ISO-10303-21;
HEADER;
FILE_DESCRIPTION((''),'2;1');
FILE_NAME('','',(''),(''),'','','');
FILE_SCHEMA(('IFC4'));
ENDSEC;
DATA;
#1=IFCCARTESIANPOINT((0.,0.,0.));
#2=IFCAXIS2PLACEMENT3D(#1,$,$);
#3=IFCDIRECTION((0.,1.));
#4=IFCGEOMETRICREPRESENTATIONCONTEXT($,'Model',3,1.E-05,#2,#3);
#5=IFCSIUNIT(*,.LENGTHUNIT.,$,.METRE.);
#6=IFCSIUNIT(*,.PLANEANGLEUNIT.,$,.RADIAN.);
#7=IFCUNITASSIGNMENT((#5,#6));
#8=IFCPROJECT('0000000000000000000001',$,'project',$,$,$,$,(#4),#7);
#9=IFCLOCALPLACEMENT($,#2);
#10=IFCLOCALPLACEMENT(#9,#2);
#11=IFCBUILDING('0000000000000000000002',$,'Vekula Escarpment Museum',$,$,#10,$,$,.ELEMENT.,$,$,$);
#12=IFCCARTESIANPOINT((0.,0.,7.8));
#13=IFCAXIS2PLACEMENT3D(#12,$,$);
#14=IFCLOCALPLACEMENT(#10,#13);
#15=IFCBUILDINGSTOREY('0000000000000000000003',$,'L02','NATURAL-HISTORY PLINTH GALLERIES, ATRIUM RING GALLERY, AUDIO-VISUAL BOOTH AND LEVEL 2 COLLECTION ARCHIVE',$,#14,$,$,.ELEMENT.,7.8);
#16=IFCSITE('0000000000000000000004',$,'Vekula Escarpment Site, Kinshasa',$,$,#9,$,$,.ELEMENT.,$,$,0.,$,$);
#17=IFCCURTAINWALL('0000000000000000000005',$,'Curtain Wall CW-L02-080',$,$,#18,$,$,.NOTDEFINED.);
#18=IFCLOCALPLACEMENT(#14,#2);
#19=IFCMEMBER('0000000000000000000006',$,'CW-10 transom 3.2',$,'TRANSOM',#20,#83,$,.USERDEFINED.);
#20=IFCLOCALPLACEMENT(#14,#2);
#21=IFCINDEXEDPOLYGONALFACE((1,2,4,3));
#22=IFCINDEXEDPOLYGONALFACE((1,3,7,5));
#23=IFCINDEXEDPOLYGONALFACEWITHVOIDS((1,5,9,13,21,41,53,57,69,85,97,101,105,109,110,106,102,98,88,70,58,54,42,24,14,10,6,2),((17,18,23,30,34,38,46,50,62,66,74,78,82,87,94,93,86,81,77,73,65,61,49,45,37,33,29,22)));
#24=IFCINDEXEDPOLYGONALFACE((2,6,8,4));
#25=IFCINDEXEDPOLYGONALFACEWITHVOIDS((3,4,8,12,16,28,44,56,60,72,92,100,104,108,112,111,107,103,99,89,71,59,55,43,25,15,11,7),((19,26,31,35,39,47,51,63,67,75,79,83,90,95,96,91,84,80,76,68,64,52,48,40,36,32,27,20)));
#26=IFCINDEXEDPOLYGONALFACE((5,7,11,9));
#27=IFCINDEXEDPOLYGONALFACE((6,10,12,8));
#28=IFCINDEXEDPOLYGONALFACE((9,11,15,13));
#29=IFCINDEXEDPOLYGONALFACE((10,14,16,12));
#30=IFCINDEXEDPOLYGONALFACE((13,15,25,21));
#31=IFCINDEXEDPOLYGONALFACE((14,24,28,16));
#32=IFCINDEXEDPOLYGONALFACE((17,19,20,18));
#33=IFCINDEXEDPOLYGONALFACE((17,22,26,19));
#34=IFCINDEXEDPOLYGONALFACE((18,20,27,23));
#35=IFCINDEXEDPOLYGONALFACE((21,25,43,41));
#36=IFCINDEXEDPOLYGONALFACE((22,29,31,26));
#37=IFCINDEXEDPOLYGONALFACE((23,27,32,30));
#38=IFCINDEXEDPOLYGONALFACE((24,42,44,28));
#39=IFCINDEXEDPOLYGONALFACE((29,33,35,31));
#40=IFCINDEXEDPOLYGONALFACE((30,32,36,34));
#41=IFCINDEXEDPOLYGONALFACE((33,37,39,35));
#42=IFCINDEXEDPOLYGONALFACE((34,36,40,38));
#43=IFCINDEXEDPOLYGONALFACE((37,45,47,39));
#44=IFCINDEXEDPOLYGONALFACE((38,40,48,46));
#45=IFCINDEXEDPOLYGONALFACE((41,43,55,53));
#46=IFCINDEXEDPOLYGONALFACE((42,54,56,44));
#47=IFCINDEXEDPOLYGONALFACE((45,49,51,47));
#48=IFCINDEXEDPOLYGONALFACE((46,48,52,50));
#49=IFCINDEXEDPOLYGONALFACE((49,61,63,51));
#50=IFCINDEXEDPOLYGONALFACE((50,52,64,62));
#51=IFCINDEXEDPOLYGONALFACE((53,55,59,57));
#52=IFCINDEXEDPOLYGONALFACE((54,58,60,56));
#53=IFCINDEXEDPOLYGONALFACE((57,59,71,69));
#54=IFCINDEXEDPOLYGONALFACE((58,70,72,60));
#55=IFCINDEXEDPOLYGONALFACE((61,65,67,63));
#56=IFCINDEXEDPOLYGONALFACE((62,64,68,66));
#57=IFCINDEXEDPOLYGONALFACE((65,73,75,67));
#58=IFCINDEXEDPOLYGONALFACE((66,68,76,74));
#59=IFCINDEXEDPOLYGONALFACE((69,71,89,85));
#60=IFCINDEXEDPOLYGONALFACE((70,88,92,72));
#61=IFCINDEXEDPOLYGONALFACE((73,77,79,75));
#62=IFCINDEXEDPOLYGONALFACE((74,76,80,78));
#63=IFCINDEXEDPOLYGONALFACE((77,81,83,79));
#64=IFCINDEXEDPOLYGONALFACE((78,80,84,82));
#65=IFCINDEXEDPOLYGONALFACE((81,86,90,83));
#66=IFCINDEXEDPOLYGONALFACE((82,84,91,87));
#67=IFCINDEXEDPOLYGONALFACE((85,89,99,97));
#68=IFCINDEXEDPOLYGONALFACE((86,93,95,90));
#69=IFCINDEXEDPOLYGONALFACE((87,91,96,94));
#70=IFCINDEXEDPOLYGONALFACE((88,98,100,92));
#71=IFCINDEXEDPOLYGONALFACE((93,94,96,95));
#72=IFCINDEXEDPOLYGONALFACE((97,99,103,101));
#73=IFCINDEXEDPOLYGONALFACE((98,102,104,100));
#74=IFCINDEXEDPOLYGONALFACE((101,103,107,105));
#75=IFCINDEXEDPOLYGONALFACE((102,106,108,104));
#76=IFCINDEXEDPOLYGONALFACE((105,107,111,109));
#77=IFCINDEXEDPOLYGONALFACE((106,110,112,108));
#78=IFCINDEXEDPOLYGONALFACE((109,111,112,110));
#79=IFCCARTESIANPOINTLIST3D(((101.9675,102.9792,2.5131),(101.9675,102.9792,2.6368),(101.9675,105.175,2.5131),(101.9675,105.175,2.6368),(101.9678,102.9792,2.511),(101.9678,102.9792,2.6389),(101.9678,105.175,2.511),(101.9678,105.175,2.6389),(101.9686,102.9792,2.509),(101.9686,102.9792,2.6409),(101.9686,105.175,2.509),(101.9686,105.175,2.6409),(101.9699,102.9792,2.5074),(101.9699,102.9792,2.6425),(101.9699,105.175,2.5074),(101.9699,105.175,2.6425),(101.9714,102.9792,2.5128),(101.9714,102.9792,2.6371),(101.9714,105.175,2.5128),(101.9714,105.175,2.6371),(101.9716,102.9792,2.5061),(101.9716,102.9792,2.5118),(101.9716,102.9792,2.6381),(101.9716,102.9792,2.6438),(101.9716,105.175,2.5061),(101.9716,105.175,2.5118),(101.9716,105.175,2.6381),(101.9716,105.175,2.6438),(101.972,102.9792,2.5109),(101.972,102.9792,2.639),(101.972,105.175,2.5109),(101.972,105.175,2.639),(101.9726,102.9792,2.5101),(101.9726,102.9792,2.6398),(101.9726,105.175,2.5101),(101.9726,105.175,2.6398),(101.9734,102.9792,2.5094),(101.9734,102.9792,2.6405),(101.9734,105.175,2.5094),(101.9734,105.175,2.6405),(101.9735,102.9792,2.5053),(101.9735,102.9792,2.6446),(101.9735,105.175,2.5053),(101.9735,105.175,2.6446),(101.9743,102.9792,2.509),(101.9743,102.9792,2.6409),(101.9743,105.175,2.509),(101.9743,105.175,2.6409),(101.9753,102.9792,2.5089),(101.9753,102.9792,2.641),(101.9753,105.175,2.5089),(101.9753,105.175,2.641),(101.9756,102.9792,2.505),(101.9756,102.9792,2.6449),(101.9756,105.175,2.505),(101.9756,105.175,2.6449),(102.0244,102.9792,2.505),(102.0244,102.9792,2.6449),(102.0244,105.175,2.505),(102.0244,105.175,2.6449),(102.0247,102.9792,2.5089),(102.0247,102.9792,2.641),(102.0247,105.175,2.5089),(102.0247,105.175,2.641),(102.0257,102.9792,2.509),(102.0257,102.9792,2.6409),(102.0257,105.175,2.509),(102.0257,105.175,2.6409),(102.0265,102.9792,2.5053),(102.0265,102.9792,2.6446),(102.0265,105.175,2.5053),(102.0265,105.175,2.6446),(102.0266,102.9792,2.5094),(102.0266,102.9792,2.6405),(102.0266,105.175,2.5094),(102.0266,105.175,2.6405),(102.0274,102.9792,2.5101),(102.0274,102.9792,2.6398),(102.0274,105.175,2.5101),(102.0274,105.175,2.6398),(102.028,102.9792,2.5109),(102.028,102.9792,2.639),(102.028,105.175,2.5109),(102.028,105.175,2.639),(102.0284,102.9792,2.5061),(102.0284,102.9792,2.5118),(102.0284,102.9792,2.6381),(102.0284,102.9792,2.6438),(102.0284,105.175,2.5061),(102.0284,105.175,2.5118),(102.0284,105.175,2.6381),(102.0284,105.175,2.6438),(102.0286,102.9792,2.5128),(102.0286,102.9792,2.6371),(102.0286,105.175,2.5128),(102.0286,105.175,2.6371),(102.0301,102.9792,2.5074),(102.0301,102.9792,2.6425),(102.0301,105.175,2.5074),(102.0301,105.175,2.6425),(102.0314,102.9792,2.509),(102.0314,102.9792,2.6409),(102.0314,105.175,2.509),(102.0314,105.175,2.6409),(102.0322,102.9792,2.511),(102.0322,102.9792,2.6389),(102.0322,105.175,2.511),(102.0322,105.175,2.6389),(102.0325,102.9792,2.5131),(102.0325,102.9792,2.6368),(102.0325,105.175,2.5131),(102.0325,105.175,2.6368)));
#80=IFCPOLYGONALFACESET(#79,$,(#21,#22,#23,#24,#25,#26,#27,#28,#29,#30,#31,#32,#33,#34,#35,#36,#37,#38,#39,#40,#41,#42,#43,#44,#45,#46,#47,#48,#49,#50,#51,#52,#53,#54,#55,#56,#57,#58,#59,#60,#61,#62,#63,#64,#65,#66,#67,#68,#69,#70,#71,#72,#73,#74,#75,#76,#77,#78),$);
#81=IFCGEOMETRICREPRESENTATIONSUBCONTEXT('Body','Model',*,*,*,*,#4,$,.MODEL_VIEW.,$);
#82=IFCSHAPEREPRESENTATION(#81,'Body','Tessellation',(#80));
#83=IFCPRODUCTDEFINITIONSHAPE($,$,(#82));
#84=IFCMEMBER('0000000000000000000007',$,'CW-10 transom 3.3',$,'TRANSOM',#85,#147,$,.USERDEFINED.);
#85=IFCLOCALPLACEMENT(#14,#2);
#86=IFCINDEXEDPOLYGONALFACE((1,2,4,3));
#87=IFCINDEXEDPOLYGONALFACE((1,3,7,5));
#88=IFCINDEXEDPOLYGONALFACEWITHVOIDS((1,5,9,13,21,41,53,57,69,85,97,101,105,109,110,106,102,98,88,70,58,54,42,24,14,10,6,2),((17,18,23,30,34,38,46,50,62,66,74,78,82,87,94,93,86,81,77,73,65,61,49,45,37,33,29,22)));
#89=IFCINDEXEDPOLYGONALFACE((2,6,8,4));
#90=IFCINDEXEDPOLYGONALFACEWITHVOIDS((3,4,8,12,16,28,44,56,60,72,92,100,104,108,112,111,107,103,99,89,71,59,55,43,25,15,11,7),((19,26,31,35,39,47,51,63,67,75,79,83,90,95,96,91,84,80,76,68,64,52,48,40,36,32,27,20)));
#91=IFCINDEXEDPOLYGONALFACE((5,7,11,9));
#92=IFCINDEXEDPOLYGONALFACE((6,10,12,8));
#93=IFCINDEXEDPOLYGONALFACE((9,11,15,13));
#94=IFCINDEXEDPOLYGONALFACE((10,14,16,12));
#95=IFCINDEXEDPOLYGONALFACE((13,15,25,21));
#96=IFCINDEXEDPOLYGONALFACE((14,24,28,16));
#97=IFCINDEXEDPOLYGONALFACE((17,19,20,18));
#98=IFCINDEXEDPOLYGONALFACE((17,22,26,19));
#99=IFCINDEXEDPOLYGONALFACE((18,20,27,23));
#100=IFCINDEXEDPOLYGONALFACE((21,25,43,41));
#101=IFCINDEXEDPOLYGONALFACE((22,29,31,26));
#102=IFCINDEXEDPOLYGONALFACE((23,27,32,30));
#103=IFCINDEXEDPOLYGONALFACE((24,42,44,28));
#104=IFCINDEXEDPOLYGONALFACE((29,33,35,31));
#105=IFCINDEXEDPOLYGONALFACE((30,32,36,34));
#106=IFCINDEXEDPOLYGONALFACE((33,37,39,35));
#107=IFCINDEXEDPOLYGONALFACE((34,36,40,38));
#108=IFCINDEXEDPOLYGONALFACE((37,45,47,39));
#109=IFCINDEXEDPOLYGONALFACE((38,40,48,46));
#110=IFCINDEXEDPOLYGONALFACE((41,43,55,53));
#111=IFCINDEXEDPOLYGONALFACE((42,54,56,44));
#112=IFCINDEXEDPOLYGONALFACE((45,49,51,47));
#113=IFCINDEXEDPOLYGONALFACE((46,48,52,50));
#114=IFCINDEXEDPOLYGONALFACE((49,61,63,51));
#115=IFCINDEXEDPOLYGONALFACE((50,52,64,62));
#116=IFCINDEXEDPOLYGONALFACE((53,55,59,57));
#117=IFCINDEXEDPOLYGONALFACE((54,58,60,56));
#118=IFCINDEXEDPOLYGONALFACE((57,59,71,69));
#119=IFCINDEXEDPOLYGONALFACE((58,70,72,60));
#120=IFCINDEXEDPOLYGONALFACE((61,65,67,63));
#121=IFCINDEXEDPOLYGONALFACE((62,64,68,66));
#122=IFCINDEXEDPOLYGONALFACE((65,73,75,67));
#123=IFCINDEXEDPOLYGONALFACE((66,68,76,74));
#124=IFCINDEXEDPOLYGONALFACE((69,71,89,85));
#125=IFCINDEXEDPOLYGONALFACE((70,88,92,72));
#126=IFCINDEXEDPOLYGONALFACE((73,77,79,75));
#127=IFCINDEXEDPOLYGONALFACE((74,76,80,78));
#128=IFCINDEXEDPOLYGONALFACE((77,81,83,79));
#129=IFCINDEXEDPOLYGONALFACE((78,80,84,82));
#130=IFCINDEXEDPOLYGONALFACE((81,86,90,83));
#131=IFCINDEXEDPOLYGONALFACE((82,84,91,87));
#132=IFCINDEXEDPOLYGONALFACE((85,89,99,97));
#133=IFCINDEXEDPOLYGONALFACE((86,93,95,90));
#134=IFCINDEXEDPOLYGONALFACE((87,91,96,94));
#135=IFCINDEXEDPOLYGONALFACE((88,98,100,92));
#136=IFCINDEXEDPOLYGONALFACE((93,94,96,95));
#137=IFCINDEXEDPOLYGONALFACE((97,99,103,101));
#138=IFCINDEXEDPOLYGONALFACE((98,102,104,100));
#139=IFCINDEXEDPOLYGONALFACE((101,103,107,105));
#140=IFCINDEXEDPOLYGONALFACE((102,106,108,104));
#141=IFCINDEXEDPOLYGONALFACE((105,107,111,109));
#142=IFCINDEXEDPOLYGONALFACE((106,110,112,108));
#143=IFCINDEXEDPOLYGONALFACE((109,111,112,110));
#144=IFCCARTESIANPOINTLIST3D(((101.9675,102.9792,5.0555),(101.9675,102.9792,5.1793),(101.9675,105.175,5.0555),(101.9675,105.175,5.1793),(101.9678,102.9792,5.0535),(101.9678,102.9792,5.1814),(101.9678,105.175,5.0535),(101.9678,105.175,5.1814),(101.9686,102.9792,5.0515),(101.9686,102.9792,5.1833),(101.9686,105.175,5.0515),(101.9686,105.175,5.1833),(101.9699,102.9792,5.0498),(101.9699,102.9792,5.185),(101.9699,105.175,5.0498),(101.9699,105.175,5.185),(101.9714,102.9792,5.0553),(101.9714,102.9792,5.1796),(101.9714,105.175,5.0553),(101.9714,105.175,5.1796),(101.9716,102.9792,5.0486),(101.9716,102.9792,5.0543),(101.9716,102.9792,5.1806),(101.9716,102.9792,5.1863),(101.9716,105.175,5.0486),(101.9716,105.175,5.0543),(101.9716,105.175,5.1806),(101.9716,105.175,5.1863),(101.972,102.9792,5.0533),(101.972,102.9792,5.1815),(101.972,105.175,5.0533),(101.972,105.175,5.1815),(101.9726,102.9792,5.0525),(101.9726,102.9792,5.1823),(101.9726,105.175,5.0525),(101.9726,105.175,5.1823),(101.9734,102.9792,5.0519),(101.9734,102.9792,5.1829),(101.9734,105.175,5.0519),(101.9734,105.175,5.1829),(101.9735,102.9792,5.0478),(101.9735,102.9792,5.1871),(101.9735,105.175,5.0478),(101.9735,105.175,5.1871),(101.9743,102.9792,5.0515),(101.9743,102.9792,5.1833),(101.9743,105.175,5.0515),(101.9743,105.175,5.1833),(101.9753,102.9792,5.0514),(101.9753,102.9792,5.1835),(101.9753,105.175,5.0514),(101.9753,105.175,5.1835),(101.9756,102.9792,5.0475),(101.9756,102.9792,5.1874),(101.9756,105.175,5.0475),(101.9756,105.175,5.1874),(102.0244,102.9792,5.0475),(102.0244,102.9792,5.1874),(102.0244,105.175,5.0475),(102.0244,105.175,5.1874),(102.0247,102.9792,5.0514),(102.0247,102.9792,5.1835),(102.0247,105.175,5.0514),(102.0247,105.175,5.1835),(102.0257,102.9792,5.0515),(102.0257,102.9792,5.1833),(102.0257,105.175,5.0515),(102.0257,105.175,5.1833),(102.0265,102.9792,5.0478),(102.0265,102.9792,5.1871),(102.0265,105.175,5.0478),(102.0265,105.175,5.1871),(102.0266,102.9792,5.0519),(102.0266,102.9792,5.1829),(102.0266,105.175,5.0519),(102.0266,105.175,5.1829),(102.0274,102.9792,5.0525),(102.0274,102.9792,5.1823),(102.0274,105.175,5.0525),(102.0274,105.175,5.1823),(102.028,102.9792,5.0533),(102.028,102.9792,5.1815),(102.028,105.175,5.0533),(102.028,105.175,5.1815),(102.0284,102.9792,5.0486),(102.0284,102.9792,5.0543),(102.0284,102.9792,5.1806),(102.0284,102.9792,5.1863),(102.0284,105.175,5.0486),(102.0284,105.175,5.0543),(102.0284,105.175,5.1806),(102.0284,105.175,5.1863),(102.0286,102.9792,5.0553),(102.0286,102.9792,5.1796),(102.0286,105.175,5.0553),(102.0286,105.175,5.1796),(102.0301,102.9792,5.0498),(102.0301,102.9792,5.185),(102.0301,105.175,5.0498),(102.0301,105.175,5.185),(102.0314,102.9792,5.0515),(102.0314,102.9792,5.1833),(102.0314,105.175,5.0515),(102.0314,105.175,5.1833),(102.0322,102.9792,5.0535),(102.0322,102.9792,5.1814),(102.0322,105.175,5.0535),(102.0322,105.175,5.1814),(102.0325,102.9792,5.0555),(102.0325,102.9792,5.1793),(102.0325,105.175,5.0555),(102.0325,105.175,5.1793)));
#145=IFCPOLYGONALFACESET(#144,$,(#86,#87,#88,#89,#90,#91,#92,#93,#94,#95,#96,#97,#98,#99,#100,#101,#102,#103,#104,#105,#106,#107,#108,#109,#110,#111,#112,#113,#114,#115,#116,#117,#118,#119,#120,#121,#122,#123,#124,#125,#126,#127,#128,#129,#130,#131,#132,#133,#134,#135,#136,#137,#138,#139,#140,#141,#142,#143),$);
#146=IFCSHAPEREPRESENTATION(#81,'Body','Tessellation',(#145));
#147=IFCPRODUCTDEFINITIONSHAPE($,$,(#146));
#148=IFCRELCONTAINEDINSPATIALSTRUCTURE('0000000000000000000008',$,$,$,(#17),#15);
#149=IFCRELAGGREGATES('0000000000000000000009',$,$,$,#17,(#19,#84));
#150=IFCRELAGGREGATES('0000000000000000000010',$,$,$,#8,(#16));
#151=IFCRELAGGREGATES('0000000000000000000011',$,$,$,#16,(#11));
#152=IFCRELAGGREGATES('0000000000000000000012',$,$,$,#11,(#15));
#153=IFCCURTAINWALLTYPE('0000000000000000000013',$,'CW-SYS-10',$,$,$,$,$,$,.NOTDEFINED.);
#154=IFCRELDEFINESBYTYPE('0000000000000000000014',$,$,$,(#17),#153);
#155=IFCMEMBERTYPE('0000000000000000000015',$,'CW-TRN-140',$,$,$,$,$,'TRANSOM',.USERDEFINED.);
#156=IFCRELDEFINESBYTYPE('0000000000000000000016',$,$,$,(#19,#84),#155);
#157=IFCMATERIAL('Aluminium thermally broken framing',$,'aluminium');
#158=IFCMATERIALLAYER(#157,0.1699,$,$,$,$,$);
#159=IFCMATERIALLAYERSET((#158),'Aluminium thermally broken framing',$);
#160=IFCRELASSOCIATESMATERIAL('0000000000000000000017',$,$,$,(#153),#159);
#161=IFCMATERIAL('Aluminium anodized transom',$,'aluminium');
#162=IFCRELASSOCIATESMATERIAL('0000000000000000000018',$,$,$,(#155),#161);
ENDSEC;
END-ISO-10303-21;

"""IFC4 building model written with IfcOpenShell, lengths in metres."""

from ifc_helpers import new_model, si_unit, direction, frame, origin, origin_2d, place, context, subcontext, project, spatial, hollow_rectangle, extrude, material, layer, layer_set, material_profile, profile_set, type_object, element, aggregate, save


model = new_model("IFC4")

# Units and contexts
model_context = context("Model", 3, precision=1e-05, world=origin(), true_north=direction((0.0, 1.0)))
body_context = subcontext(model_context, "Body", "Model", "MODEL_VIEW")
ifc_project = project(units=[si_unit("LENGTHUNIT", "METRE"), si_unit("PLANEANGLEUNIT", "RADIAN")], contexts=[model_context])

# Site, building, storey
site_placement = place(None, origin())
site = spatial("IfcSite", under=ifc_project, at=site_placement, Name="Vekula Escarpment Site, Kinshasa", CompositionType="ELEMENT", RefElevation=0.0)
building_placement = place(site_placement, origin())
building = spatial("IfcBuilding", under=site, at=building_placement, Name="Vekula Escarpment Museum", CompositionType="ELEMENT")
storey_placement = place(building_placement, frame((0.0, 0.0, 7.8)))
storey = spatial("IfcBuildingStorey", under=building, at=storey_placement, Name="L02", Description="NATURAL-HISTORY PLINTH GALLERIES, ATRIUM RING GALLERY, AUDIO-VISUAL BOOTH AND LEVEL 2 COLLECTION ARCHIVE", CompositionType="ELEMENT", Elevation=7.8)

# Curtain wall
ifc_material_1 = material(Name="Aluminium thermally broken framing", Category="aluminium")
ifc_layer_1 = layer(ifc_material_1, 0.1699)
ifc_layer_set_1 = layer_set([ifc_layer_1], Name="Aluminium thermally broken framing")
curtain_wall_type_1 = type_object("IfcCurtainWallType", Name="CW-SYS-10", PredefinedType="NOTDEFINED", material=ifc_layer_set_1)
curtain_wall_1_placement = place(storey_placement, origin())
curtain_wall_1 = element("IfcCurtainWall", 1, at=curtain_wall_1_placement, inside=storey, type_object=curtain_wall_type_1, Name="Curtain Wall CW-L02-080", PredefinedType="NOTDEFINED")

# Members
ifc_material_2 = material(Name="Aluminium anodized transom", Category="aluminium")
ifc_material_profile_1 = material_profile(ifc_material_2, hollow_rectangle(XDim=0.0649, YDim=0.1399, WallThickness=0.0039, InnerFilletRadius=0.0039, OuterFilletRadius=0.0081, at=origin_2d()), Name="ALU 140x65x4")
ifc_profile_set_1 = profile_set([ifc_material_profile_1], Name="Aluminium anodized transom")
member_type_1 = type_object("IfcMemberType", Name="CW-TRN-140", ElementType="TRANSOM", PredefinedType="USERDEFINED", material=ifc_profile_set_1)
member_1_placement = place(storey_placement, frame((102.0, 102.9792, 2.575), z_axis=(0.0, 1.0, 0.0), x_axis=(-1.0, 0.0, 0.0)))
member_1 = element("IfcMember", 2, at=member_1_placement, type_object=member_type_1, Name="CW-10 transom 3.2", ObjectType="TRANSOM", PredefinedType="USERDEFINED", context=body_context, shape_type="SweptSolid", body=[
    extrude(hollow_rectangle(XDim=0.0649, YDim=0.1399, WallThickness=0.0039, InnerFilletRadius=0.0039, OuterFilletRadius=0.0081, at=origin_2d()), origin(), (0.0, 0.0, 1.0), 2.1958),
])
member_2_placement = place(storey_placement, frame((102.0, 102.9792, 5.1174), z_axis=(0.0, 1.0, 0.0), x_axis=(-1.0, 0.0, 0.0)))
member_2 = element("IfcMember", 3, at=member_2_placement, type_object=member_type_1, Name="CW-10 transom 3.3", ObjectType="TRANSOM", PredefinedType="USERDEFINED", context=body_context, shape_type="SweptSolid", body=[
    extrude(hollow_rectangle(XDim=0.0649, YDim=0.1399, WallThickness=0.0039, InnerFilletRadius=0.0039, OuterFilletRadius=0.0081, at=origin_2d()), origin(), (0.0, 0.0, 1.0), 2.1958),
])

aggregate(curtain_wall_1, [member_1, member_2])

save(model, "model.ifc")
